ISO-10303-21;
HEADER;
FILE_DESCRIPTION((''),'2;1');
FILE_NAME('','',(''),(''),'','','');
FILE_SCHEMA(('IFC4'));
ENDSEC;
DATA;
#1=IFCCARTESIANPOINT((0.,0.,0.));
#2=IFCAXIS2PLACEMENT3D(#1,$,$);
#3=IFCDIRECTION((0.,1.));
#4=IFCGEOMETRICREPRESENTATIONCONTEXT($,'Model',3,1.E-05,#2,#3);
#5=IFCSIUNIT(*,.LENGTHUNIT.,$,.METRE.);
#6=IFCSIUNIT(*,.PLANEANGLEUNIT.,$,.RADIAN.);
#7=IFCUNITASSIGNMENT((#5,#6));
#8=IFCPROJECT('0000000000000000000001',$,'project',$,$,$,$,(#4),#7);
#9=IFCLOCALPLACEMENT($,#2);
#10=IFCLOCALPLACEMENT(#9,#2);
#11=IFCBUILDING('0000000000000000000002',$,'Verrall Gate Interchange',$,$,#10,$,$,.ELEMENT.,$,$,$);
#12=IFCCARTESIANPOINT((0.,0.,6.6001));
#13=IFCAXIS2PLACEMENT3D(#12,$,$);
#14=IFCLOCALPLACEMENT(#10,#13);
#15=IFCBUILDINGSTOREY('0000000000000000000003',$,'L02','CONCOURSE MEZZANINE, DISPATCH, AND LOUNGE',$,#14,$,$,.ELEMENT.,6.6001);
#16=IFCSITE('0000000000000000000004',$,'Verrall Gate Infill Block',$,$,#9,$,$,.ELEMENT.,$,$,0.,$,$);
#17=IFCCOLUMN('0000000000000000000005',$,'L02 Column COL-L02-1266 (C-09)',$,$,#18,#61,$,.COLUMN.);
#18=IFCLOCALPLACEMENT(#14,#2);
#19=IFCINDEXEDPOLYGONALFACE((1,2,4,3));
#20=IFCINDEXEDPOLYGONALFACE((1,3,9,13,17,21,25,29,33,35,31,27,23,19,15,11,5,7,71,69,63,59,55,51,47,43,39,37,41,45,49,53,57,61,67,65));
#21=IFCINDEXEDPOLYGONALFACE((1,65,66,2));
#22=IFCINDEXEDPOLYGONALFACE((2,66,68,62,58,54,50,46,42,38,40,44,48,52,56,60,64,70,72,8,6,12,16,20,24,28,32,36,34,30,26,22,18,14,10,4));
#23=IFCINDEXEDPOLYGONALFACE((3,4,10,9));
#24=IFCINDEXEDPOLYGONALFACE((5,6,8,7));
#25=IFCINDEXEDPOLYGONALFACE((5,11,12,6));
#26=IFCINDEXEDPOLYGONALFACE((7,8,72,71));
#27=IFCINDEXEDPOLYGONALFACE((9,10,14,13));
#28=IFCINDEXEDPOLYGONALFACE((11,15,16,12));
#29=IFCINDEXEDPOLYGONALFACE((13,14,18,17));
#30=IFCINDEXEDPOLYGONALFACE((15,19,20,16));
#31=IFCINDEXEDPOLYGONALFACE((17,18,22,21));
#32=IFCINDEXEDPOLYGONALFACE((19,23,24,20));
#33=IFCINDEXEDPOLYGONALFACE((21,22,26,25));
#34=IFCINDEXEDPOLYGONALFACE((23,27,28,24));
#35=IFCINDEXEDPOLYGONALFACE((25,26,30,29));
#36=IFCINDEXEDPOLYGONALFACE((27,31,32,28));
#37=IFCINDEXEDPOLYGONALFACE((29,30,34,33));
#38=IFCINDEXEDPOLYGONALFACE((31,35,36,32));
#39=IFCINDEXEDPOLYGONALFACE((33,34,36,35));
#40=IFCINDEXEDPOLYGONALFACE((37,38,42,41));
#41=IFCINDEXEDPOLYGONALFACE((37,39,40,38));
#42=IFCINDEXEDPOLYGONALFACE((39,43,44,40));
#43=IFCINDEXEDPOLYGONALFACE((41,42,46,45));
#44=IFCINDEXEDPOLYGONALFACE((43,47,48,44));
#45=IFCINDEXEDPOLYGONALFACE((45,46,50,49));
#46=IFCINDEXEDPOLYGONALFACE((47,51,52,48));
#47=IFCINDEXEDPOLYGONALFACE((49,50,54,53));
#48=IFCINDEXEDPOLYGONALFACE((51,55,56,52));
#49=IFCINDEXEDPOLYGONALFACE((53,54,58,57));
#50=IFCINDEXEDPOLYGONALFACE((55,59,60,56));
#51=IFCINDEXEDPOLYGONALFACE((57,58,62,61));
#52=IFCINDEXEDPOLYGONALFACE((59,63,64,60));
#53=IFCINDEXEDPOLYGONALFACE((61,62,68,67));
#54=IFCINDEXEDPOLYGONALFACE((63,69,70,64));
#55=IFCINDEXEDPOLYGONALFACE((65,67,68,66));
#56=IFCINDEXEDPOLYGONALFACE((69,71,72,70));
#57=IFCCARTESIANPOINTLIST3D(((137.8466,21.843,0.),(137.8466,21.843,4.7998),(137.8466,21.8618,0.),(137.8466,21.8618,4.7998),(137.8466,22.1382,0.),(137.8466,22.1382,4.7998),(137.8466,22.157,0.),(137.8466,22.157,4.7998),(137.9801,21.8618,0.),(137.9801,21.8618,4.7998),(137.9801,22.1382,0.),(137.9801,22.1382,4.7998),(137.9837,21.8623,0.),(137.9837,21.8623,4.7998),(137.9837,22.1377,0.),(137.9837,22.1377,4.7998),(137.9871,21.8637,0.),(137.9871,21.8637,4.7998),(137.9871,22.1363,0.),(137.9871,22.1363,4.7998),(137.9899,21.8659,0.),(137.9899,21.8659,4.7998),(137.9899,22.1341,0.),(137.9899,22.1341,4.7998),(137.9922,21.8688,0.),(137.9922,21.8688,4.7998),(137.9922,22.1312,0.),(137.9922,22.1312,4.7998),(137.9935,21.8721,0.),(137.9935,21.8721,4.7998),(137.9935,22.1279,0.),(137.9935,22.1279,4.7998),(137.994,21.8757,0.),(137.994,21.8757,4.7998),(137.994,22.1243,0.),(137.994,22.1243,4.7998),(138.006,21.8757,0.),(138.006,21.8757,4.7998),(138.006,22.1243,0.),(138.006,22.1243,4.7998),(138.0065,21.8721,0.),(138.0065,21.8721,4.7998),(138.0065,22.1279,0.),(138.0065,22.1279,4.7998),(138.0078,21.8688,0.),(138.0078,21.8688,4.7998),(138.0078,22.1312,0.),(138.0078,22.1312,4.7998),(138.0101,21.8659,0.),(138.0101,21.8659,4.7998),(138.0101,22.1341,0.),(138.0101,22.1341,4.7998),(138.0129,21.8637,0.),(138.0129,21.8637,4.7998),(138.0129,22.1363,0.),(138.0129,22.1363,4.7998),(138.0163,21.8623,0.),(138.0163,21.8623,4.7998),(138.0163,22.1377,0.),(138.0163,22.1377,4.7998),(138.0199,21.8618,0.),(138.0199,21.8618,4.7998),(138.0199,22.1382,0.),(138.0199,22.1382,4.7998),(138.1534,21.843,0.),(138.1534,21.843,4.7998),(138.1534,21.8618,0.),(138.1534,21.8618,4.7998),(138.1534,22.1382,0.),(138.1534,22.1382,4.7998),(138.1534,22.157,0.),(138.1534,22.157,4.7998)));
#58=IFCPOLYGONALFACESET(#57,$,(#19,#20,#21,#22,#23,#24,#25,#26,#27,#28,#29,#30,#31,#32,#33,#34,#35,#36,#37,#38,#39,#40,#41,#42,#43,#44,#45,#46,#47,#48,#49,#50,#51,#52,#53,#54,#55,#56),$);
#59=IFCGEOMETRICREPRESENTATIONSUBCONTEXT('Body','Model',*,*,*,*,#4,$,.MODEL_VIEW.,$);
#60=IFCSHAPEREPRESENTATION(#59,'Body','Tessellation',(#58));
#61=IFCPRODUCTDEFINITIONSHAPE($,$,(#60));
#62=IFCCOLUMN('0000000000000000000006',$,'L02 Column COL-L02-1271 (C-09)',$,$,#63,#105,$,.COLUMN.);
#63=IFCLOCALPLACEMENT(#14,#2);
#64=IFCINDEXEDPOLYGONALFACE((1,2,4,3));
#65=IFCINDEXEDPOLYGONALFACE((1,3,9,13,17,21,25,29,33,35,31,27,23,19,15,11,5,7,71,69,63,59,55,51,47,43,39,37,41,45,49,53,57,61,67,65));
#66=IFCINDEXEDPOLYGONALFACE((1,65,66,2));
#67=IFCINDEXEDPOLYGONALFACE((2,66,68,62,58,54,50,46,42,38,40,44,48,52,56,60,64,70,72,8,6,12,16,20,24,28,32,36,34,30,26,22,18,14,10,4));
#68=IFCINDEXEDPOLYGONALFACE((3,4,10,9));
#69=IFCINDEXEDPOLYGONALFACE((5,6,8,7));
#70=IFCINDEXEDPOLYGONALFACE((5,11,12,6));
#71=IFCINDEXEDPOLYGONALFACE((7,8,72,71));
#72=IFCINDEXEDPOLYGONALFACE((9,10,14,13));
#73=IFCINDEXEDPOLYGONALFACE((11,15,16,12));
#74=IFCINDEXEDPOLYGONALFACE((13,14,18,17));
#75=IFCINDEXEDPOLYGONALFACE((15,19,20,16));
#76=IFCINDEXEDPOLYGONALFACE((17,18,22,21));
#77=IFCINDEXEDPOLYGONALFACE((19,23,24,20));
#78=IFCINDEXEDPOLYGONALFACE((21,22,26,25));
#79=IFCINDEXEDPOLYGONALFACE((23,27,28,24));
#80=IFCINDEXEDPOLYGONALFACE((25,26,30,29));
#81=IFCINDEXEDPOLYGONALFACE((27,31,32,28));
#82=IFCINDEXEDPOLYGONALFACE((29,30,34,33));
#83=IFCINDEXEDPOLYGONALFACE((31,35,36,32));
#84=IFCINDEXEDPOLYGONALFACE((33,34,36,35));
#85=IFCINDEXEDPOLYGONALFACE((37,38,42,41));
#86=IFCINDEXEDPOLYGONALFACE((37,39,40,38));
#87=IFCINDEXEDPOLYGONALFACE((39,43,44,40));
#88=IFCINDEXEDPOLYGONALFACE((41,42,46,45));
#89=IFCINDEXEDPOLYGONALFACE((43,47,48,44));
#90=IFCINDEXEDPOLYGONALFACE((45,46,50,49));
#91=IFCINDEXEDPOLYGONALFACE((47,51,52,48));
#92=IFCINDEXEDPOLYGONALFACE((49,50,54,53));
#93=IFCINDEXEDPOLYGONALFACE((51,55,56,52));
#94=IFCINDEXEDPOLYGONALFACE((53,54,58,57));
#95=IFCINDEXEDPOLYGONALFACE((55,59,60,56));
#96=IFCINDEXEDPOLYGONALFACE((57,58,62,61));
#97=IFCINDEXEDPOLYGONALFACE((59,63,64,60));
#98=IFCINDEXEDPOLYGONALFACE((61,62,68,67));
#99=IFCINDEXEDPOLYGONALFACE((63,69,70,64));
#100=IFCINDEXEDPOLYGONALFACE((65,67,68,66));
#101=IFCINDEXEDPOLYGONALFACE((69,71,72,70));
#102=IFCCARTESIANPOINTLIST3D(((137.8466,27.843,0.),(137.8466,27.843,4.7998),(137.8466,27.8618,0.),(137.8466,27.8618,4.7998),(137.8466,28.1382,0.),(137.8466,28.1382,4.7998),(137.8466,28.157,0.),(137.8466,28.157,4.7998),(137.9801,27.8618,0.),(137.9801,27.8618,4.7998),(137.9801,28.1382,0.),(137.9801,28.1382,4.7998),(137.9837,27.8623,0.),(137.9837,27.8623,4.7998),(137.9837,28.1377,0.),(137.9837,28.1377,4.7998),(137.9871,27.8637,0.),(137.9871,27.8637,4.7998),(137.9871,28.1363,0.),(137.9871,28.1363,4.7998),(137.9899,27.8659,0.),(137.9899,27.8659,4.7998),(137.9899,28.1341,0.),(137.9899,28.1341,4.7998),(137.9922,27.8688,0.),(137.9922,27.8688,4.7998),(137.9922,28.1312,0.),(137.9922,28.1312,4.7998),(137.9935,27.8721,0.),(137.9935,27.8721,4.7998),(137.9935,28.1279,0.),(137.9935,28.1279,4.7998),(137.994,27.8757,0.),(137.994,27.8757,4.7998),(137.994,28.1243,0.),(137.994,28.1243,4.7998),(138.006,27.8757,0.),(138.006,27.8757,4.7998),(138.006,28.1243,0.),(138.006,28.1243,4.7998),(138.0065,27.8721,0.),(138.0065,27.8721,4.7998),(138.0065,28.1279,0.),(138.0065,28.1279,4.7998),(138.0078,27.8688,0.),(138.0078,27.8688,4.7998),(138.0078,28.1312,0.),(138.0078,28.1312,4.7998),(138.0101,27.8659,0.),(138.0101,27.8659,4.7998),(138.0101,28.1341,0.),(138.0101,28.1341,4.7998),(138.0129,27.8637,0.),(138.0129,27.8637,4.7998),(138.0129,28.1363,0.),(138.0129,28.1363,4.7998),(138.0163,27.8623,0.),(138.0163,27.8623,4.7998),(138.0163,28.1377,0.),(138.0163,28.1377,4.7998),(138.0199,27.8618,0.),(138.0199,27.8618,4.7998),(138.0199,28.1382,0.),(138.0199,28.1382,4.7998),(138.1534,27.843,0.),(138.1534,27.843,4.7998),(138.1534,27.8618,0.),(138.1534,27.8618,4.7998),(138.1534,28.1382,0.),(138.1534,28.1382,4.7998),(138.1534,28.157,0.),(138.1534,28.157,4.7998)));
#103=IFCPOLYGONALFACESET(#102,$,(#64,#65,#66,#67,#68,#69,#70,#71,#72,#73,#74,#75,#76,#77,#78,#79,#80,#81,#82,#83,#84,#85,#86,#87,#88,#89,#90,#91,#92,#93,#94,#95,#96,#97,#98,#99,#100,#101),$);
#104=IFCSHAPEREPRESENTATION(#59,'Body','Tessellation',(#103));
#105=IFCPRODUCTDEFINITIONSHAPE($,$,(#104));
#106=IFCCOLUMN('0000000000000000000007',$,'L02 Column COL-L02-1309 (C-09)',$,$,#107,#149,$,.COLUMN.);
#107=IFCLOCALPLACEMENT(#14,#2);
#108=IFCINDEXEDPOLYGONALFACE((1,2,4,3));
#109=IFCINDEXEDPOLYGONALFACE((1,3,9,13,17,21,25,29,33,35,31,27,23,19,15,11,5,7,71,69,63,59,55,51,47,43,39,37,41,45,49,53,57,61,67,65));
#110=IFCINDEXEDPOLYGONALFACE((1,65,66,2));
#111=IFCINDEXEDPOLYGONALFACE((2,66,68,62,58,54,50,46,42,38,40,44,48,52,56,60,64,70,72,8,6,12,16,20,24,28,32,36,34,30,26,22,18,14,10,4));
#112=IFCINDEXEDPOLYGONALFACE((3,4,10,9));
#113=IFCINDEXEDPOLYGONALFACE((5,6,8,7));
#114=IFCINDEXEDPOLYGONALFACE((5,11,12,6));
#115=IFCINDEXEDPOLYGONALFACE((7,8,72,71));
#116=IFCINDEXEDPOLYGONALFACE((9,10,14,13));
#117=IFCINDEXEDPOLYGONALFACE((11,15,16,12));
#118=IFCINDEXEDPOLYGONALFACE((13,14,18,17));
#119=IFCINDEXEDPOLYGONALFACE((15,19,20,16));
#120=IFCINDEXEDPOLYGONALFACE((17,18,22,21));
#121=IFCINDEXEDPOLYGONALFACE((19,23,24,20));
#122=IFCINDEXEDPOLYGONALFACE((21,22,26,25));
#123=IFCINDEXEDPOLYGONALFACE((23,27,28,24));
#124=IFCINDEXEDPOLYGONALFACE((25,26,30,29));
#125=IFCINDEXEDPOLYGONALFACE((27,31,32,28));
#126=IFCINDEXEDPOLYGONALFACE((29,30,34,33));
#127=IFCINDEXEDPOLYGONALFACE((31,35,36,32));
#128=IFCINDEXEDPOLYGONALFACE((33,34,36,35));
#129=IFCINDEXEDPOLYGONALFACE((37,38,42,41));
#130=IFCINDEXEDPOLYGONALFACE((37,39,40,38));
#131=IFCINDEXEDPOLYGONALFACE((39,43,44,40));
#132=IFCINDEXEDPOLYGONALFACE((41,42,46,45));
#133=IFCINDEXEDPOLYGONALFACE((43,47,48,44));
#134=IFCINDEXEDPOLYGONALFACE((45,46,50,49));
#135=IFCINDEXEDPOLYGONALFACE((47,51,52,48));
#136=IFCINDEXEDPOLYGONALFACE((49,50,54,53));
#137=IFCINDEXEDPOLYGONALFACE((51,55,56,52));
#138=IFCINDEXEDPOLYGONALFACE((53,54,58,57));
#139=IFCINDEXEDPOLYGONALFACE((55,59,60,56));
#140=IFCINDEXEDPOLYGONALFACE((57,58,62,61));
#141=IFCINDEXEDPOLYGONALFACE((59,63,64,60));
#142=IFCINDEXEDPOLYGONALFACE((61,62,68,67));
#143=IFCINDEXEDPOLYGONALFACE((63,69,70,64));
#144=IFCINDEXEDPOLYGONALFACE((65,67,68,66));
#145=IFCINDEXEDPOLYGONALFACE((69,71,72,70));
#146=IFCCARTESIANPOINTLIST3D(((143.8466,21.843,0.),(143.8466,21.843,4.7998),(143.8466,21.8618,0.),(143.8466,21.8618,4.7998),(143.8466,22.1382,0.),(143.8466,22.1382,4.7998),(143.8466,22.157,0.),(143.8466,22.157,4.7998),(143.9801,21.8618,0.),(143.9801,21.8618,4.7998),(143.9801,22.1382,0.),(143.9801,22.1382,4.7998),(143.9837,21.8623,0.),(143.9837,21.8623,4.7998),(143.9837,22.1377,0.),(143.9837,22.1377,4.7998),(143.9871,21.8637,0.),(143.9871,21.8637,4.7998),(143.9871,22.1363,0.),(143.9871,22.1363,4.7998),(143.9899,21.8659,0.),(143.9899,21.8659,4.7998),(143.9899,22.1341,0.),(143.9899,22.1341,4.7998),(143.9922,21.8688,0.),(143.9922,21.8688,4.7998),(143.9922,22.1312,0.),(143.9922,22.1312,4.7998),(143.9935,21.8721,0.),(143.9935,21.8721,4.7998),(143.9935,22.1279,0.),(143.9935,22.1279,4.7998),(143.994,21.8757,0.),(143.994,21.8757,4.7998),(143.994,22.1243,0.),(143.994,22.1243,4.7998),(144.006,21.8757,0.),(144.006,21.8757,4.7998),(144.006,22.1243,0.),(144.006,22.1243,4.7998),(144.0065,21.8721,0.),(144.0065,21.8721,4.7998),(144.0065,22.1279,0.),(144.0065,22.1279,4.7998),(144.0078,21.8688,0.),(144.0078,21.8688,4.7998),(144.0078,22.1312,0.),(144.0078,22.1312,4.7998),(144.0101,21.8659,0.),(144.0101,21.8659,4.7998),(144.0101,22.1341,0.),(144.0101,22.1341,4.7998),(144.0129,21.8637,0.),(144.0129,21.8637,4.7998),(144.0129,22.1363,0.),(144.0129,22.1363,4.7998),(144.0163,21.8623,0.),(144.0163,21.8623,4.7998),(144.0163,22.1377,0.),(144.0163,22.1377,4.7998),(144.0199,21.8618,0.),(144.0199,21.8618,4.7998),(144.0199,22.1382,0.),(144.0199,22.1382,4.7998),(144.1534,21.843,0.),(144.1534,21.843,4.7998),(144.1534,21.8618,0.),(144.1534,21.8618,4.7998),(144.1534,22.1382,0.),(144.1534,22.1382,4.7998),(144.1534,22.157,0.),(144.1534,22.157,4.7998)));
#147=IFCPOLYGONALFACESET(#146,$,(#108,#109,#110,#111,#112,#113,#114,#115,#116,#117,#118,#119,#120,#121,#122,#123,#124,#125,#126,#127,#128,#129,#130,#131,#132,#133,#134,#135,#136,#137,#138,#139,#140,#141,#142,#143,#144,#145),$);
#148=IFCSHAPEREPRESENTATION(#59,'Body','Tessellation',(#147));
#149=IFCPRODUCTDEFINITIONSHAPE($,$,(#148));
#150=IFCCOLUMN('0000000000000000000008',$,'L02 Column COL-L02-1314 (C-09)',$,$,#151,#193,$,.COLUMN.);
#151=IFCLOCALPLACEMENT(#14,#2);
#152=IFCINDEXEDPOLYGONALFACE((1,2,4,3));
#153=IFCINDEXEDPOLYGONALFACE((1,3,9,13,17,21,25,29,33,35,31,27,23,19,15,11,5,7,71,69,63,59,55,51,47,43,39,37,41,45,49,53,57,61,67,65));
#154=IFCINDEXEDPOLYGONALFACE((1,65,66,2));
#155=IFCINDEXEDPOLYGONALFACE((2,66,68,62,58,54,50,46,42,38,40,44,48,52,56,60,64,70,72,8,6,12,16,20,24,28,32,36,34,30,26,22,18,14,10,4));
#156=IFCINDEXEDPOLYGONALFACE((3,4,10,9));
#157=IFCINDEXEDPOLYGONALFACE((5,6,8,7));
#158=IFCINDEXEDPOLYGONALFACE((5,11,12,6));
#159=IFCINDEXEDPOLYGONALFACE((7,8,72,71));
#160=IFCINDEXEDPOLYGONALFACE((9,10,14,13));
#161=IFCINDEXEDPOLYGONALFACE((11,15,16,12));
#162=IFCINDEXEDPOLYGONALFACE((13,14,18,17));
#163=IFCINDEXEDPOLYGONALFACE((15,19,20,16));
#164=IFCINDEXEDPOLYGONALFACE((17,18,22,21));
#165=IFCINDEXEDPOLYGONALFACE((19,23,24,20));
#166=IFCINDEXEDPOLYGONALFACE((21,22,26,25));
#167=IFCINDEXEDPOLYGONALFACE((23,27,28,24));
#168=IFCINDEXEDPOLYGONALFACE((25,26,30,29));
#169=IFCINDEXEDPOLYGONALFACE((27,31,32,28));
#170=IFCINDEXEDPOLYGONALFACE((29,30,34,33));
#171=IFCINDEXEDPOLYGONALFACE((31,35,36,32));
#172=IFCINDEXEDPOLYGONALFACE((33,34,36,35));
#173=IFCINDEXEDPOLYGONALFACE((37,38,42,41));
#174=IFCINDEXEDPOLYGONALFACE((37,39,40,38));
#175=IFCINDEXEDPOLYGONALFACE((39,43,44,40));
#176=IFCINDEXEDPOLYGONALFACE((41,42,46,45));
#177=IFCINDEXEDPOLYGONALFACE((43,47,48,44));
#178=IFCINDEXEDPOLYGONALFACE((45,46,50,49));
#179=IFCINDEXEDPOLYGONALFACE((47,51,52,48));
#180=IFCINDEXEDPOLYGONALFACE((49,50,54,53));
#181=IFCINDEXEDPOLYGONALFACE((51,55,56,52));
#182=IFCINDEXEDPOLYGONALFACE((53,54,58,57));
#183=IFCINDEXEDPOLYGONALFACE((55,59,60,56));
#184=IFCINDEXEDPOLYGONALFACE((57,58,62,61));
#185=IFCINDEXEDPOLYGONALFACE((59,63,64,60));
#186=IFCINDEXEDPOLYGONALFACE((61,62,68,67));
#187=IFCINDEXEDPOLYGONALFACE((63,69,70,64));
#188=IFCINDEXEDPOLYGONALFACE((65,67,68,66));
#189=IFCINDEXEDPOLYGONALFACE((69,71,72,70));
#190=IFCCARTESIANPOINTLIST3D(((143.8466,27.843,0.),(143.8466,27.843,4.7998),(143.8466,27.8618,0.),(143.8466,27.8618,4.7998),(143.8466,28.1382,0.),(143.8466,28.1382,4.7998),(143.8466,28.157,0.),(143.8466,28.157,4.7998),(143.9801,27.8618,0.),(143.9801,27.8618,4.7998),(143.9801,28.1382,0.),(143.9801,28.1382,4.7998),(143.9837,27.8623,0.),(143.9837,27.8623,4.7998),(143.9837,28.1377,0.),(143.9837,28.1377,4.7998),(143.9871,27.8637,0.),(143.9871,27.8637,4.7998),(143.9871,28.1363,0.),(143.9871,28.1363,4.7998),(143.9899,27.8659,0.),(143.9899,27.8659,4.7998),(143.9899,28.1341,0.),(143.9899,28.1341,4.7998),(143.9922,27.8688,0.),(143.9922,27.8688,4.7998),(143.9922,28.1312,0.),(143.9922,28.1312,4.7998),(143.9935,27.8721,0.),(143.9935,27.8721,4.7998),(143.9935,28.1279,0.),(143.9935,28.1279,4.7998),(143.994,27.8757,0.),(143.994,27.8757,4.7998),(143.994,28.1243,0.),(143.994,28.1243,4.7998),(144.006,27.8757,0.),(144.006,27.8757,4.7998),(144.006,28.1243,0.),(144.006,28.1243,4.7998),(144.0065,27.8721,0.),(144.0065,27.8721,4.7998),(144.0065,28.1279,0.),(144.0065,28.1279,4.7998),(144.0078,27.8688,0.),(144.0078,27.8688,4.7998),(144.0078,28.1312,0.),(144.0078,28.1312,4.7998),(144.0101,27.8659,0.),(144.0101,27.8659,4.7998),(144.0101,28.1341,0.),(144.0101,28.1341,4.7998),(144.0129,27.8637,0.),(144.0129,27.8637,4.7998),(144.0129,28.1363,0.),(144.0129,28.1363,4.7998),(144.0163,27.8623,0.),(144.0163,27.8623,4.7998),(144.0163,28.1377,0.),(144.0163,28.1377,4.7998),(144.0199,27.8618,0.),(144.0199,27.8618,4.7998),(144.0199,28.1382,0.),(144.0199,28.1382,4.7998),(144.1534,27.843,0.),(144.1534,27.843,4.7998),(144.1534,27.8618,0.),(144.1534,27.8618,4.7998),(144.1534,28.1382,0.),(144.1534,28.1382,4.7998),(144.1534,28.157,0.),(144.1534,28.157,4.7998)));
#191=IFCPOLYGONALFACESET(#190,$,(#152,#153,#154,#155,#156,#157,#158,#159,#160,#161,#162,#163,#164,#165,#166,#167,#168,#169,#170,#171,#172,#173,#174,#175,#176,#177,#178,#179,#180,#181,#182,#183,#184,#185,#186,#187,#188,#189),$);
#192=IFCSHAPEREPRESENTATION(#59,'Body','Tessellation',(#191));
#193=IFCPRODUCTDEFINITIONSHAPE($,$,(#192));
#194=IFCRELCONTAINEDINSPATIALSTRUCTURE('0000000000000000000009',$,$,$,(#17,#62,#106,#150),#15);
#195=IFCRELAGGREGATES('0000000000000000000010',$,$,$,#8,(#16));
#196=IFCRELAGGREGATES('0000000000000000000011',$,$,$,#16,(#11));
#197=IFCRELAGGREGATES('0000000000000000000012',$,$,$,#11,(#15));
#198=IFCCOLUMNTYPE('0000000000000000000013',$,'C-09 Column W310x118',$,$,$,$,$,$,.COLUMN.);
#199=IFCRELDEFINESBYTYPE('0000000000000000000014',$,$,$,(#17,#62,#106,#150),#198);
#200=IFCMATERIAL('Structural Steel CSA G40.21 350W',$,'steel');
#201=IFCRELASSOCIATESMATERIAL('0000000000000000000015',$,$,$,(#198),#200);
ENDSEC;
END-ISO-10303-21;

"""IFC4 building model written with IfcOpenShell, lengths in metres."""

from ifc_helpers import new_model, si_unit, direction, frame, origin, origin_2d, place, context, subcontext, project, spatial, i_section, extrude, material, material_profile, profile_set, type_object, element, save


model = new_model("IFC4")

# Units and contexts
model_context = context("Model", 3, precision=1e-05, world=origin(), true_north=direction((0.0, 1.0)))
body_context = subcontext(model_context, "Body", "Model", "MODEL_VIEW")
ifc_project = project(units=[si_unit("LENGTHUNIT", "METRE"), si_unit("PLANEANGLEUNIT", "RADIAN")], contexts=[model_context])

# Site, building, storey
site_placement = place(None, origin())
site = spatial("IfcSite", under=ifc_project, at=site_placement, Name="Verrall Gate Infill Block", CompositionType="ELEMENT", RefElevation=0.0)
building_placement = place(site_placement, origin())
building = spatial("IfcBuilding", under=site, at=building_placement, Name="Verrall Gate Interchange", CompositionType="ELEMENT")
storey_placement = place(building_placement, frame((0.0, 0.0, 6.6001)))
storey = spatial("IfcBuildingStorey", under=building, at=storey_placement, Name="L02", Description="CONCOURSE MEZZANINE, DISPATCH, AND LOUNGE", CompositionType="ELEMENT", Elevation=6.6001)

# Columns
ifc_material_1 = material(Name="Structural Steel CSA G40.21 350W", Category="steel")
ifc_material_profile_1 = material_profile(ifc_material_1, i_section(OverallWidth=0.3069, OverallDepth=0.314, WebThickness=0.012, FlangeThickness=0.0188, FilletRadius=0.0139, at=origin_2d()), Name="W310x118")
ifc_profile_set_1 = profile_set([ifc_material_profile_1], Name="Structural Steel CSA G40.21 350W")
column_type = type_object("IfcColumnType", Name="C-09 Column W310x118", PredefinedType="COLUMN", material=ifc_profile_set_1)
for number, where, z_axis, x_axis, name in (
    (1, (138.0, 22.0, 0.0), (0.0, 0.0, 1.0), (1.0, 0.0, 0.0), "L02 Column COL-L02-1266 (C-09)"),
    (2, (138.0, 28.0, 0.0), (0.0, 0.0, 1.0), (1.0, 0.0, 0.0), "L02 Column COL-L02-1271 (C-09)"),
    (3, (144.0, 22.0, 0.0), (0.0, 0.0, 1.0), (1.0, 0.0, 0.0), "L02 Column COL-L02-1309 (C-09)"),
    (4, (144.0, 28.0, 0.0), (0.0, 0.0, 1.0), (1.0, 0.0, 0.0), "L02 Column COL-L02-1314 (C-09)"),
):
    element("IfcColumn", number, at=place(storey_placement, frame(where, z_axis=z_axis, x_axis=x_axis)), inside=storey, type_object=column_type, Name=name, PredefinedType="COLUMN", context=body_context, shape_type="SweptSolid", body=[
        extrude(i_section(OverallWidth=0.3069, OverallDepth=0.314, WebThickness=0.012, FlangeThickness=0.0188, FilletRadius=0.0139, at=origin_2d()), origin(), (0.0, 0.0, 1.0), 4.7998),
    ])

save(model, "model.ifc")
